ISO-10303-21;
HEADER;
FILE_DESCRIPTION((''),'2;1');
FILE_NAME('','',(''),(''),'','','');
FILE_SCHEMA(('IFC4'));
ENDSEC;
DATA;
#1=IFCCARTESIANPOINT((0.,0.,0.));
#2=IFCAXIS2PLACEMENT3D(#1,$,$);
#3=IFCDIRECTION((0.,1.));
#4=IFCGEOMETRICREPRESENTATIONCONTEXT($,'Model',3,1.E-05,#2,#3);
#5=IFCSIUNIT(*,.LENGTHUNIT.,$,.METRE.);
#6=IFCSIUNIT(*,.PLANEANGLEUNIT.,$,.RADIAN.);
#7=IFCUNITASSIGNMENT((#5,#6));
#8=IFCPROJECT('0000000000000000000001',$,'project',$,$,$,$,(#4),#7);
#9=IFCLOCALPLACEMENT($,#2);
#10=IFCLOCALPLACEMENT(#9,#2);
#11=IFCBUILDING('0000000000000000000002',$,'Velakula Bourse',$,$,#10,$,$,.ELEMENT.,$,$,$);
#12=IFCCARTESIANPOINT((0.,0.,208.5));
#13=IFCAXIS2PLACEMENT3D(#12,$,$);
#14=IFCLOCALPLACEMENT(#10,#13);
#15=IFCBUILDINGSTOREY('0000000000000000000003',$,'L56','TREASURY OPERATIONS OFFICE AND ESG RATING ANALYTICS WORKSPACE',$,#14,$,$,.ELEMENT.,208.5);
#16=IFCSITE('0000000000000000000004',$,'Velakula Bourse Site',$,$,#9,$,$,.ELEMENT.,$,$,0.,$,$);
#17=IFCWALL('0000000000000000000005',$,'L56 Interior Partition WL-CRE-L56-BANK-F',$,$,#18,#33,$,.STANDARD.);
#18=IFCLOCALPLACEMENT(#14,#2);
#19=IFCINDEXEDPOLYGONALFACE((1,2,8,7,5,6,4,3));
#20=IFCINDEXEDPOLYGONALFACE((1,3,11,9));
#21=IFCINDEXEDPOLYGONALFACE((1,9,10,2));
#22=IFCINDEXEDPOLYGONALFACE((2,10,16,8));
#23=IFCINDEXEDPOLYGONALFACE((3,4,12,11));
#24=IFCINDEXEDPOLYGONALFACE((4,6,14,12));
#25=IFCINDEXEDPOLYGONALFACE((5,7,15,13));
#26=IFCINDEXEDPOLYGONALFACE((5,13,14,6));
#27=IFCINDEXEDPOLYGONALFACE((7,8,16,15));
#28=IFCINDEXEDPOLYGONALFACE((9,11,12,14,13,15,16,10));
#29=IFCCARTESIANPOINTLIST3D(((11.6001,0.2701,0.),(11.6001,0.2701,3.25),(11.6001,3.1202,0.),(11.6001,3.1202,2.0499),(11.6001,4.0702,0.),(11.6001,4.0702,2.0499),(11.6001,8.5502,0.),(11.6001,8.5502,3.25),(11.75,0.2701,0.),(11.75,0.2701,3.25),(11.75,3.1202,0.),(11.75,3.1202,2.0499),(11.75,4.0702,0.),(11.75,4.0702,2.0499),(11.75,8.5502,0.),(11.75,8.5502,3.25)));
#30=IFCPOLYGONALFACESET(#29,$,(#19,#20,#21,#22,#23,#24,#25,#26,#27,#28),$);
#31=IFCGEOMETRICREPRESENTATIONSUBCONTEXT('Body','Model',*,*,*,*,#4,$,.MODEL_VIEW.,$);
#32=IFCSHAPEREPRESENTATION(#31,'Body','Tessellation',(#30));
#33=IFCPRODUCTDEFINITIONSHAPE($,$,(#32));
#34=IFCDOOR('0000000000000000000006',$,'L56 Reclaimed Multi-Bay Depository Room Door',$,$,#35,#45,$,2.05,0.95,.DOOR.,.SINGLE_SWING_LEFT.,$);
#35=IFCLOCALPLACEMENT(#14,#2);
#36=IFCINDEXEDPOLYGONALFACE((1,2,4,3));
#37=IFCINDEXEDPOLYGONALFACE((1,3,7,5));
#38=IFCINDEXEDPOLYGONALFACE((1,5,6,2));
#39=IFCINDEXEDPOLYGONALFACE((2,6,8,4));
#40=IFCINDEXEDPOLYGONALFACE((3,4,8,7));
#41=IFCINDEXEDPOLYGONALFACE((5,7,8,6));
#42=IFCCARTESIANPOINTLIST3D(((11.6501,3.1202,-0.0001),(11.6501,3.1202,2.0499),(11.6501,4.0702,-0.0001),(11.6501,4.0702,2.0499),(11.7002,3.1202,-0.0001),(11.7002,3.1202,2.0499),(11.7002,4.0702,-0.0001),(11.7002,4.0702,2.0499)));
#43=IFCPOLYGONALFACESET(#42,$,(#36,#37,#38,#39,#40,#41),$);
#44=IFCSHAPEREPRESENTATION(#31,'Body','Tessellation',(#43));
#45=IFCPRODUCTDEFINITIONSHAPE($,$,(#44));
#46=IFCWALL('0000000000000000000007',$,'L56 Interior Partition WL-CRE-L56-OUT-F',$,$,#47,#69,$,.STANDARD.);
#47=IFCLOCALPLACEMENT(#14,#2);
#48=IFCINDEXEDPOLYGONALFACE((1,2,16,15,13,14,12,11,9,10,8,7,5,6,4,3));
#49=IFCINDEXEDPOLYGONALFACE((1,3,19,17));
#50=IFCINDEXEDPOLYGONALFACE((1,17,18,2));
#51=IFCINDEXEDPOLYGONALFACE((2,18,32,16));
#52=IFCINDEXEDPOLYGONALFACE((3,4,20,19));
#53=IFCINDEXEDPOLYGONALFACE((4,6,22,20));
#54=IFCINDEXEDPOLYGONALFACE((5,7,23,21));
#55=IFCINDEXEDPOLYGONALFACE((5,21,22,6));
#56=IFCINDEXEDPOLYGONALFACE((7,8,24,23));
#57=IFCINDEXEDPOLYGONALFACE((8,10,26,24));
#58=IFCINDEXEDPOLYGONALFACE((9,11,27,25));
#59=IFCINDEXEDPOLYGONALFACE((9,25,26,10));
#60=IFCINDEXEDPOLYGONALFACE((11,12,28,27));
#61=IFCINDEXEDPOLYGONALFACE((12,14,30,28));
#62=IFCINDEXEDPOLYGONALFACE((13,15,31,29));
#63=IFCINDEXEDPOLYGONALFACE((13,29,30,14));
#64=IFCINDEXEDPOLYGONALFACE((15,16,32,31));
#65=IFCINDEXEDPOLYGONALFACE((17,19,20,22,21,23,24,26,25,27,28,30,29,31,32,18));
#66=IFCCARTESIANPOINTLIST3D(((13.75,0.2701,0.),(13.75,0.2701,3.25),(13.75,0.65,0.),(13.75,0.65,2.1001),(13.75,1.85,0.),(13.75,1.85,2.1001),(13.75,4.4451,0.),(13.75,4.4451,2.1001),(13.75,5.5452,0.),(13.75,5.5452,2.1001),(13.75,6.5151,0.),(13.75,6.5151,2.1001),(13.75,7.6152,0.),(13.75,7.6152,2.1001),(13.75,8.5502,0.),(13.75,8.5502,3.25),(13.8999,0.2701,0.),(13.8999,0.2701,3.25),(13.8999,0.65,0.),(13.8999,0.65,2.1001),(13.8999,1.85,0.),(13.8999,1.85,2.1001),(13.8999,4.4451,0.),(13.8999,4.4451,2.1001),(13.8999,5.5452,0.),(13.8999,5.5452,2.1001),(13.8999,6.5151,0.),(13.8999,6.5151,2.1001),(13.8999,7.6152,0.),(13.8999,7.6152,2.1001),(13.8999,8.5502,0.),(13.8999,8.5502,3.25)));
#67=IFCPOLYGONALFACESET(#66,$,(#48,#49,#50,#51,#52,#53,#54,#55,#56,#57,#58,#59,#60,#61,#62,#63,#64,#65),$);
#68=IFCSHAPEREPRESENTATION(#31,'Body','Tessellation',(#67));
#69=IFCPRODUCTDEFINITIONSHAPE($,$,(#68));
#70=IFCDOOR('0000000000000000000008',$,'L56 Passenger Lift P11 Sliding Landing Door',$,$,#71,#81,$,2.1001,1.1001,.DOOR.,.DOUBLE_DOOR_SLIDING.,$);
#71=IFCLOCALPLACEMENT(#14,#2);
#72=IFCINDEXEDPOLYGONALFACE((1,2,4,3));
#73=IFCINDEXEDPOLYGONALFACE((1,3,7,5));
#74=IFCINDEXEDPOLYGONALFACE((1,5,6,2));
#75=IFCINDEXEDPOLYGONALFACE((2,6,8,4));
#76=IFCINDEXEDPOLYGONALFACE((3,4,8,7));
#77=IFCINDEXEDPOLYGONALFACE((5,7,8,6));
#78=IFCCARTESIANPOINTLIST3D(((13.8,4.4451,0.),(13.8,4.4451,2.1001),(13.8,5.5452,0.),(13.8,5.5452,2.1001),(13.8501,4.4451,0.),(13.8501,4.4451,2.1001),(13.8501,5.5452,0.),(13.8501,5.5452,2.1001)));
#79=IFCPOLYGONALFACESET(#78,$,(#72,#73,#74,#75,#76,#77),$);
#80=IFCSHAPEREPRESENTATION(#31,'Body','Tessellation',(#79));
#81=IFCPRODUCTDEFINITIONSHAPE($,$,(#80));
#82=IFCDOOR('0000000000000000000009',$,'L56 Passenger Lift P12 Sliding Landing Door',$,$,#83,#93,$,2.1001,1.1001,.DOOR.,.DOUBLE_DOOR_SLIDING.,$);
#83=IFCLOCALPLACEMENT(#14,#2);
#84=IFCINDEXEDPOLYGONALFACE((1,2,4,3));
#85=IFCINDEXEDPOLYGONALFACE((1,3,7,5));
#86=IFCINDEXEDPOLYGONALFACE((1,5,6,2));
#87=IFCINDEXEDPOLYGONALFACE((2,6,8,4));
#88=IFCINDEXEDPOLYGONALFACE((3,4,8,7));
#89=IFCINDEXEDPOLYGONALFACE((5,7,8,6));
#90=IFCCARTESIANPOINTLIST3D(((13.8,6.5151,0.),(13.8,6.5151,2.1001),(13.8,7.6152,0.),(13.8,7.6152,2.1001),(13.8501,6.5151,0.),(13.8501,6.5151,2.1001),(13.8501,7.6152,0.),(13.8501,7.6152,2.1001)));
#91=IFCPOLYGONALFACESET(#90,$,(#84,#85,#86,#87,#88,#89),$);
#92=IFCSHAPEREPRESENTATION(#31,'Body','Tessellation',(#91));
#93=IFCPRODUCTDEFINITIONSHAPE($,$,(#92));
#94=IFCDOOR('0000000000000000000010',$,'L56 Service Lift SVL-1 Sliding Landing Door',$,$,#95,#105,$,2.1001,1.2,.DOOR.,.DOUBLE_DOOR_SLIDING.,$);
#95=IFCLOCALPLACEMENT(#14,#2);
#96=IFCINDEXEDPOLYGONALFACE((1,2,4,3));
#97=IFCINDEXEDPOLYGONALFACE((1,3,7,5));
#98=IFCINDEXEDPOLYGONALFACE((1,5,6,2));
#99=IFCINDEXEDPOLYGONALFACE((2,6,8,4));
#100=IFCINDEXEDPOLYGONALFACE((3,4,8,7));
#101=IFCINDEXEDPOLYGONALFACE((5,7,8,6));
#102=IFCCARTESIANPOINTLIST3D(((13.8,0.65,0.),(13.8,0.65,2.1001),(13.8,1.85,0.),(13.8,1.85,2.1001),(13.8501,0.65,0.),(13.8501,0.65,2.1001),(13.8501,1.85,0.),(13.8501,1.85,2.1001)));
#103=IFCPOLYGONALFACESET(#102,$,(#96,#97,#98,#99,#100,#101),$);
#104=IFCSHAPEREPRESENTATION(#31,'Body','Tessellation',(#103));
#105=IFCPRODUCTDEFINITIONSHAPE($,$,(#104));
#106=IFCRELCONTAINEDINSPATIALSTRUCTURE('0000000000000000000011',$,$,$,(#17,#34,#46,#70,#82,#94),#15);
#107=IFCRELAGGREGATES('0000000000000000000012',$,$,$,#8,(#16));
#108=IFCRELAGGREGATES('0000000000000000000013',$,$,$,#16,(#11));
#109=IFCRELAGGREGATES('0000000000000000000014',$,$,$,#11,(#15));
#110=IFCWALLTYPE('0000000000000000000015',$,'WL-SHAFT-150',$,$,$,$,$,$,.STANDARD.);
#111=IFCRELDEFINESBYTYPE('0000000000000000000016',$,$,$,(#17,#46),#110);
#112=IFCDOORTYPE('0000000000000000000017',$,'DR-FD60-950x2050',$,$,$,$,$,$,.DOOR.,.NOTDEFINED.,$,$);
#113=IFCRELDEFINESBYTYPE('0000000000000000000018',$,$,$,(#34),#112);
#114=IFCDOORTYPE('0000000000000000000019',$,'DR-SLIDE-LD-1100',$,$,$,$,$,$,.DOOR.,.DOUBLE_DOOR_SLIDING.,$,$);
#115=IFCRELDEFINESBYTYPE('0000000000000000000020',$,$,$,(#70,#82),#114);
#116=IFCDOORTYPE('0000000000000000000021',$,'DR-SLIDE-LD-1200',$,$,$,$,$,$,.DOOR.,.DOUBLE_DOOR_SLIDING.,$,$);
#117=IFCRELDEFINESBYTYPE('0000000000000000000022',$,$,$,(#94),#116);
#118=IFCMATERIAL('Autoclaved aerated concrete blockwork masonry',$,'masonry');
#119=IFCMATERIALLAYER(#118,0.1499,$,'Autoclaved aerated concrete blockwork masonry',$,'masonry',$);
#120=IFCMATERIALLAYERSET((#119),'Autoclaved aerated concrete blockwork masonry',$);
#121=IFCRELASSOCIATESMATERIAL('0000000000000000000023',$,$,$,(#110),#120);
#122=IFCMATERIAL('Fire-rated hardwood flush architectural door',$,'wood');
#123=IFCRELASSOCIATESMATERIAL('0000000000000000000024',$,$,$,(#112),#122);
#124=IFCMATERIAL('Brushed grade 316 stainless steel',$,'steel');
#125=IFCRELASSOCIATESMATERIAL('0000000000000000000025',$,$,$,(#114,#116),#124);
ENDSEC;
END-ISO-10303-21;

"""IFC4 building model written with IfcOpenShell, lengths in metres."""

from ifc_helpers import new_model, si_unit, direction, frame, frame_2d, origin, place, context, subcontext, project, spatial, rectangle, extrude, material, layer, layer_set, type_object, element, fill, save


model = new_model("IFC4")

# Units and contexts
model_context = context("Model", 3, precision=1e-05, world=origin(), true_north=direction((0.0, 1.0)))
body_context = subcontext(model_context, "Body", "Model", "MODEL_VIEW")
ifc_project = project(units=[si_unit("LENGTHUNIT", "METRE"), si_unit("PLANEANGLEUNIT", "RADIAN")], contexts=[model_context])

# Site, building, storey
site_placement = place(None, origin())
site = spatial("IfcSite", under=ifc_project, at=site_placement, Name="Velakula Bourse Site", CompositionType="ELEMENT", RefElevation=0.0)
building_placement = place(site_placement, origin())
building = spatial("IfcBuilding", under=site, at=building_placement, Name="Velakula Bourse", CompositionType="ELEMENT")
storey_placement = place(building_placement, frame((0.0, 0.0, 208.5)))
storey = spatial("IfcBuildingStorey", under=building, at=storey_placement, Name="L56", Description="TREASURY OPERATIONS OFFICE AND ESG RATING ANALYTICS WORKSPACE", CompositionType="ELEMENT", Elevation=208.5)

# Shared definitions
ifc_material_1 = material(Name="Fire-rated hardwood flush architectural door", Category="wood")

# Shared definitions
ifc_material_2 = material(Name="Autoclaved aerated concrete blockwork masonry", Category="masonry")
ifc_layer_1 = layer(ifc_material_2, 0.1499, Name="Autoclaved aerated concrete blockwork masonry", Category="masonry")
ifc_layer_set_1 = layer_set([ifc_layer_1], Name="Autoclaved aerated concrete blockwork masonry")
wall_type_1 = type_object("IfcWallType", Name="WL-SHAFT-150", PredefinedType="STANDARD", material=ifc_layer_set_1)

# Wall, opening, door
wall_1_placement = place(storey_placement, frame((11.675, 0.27, 0.0), z_axis=(0.0, 0.0, 1.0), x_axis=(0.0, 1.0, 0.0)))
wall_1 = element("IfcWall", 1, at=wall_1_placement, inside=storey, type_object=wall_type_1, Name="L56 Interior Partition WL-CRE-L56-BANK-F", PredefinedType="STANDARD", context=body_context, shape_type="SweptSolid", body=[
    extrude(rectangle(XDim=8.28, YDim=0.1499, at=frame_2d((4.1401, 0.0))), origin(), (0.0, 0.0, 1.0), 3.25),
])
opening_1_placement = place(wall_1_placement, frame((2.8501, 0.0, 0.0)))
opening_1 = element("IfcOpeningElement", 2, at=opening_1_placement, cuts=wall_1, PredefinedType="OPENING", context=body_context, shape_type="SweptSolid", body=[
    extrude(rectangle(XDim=0.95, YDim=2.05, at=frame_2d((0.4751, 1.0249))), frame((0.0, 0.085, 0.0), z_axis=(0.0, -1.0, 0.0), x_axis=(1.0, 0.0, 0.0)), (0.0, 0.0, 1.0), 0.1699),
])
door_type_1 = type_object("IfcDoorType", Name="DR-FD60-950x2050", OperationType="NOTDEFINED", PredefinedType="DOOR", material=ifc_material_1)
door_1_placement = place(opening_1_placement, origin())
door_1 = element("IfcDoor", 3, at=door_1_placement, inside=storey, type_object=door_type_1, Name="L56 Reclaimed Multi-Bay Depository Room Door", OperationType="SINGLE_SWING_LEFT", OverallHeight=2.05, OverallWidth=0.95, PredefinedType="DOOR", context=body_context, shape_type="SweptSolid", body=[
    extrude(rectangle(XDim=0.95, YDim=2.05, at=frame_2d((0.4751, 1.0249))), frame((0.0, 0.0249, 0.0), z_axis=(0.0, -1.0, 0.0), x_axis=(1.0, 0.0, 0.0)), (0.0, 0.0, 1.0), 0.05),
])
fill(opening_1, door_1)

# Wall, openings, doors
wall_2_placement = place(storey_placement, frame((13.825, 0.27, 0.0), z_axis=(0.0, 0.0, 1.0), x_axis=(0.0, 1.0, 0.0)))
wall_2 = element("IfcWall", 4, at=wall_2_placement, inside=storey, type_object=wall_type_1, Name="L56 Interior Partition WL-CRE-L56-OUT-F", PredefinedType="STANDARD", context=body_context, shape_type="SweptSolid", body=[
    extrude(rectangle(XDim=8.28, YDim=0.1499, at=frame_2d((4.1401, 0.0))), origin(), (0.0, 0.0, 1.0), 3.25),
])
opening_2_placement = place(wall_2_placement, frame((4.175, 0.0, 0.0)))
opening_2 = element("IfcOpeningElement", 5, at=opening_2_placement, cuts=wall_2, PredefinedType="OPENING", context=body_context, shape_type="SweptSolid", body=[
    extrude(rectangle(XDim=1.1001, YDim=2.1001, at=frame_2d((0.55, 1.05))), frame((0.0, 0.085, 0.0), z_axis=(0.0, -1.0, 0.0), x_axis=(1.0, 0.0, 0.0)), (0.0, 0.0, 1.0), 0.1699),
])
opening_3_placement = place(wall_2_placement, frame((6.2451, 0.0, 0.0)))
opening_3 = element("IfcOpeningElement", 6, at=opening_3_placement, cuts=wall_2, PredefinedType="OPENING", context=body_context, shape_type="SweptSolid", body=[
    extrude(rectangle(XDim=1.1001, YDim=2.1001, at=frame_2d((0.55, 1.05))), frame((0.0, 0.085, 0.0), z_axis=(0.0, -1.0, 0.0), x_axis=(1.0, 0.0, 0.0)), (0.0, 0.0, 1.0), 0.1699),
])
opening_4_placement = place(wall_2_placement, frame((0.3799, 0.0, 0.0)))
opening_4 = element("IfcOpeningElement", 7, at=opening_4_placement, cuts=wall_2, PredefinedType="OPENING", context=body_context, shape_type="SweptSolid", body=[
    extrude(rectangle(XDim=1.2, YDim=2.1001, at=frame_2d((0.6001, 1.05))), frame((0.0, 0.085, 0.0), z_axis=(0.0, -1.0, 0.0), x_axis=(1.0, 0.0, 0.0)), (0.0, 0.0, 1.0), 0.1699),
])
ifc_material_3 = material(Name="Brushed grade 316 stainless steel", Category="steel")
door_type_2 = type_object("IfcDoorType", Name="DR-SLIDE-LD-1100", OperationType="DOUBLE_DOOR_SLIDING", PredefinedType="DOOR", material=ifc_material_3)
door_2_placement = place(opening_2_placement, origin())
door_2 = element("IfcDoor", 8, at=door_2_placement, inside=storey, type_object=door_type_2, Name="L56 Passenger Lift P11 Sliding Landing Door", OperationType="DOUBLE_DOOR_SLIDING", OverallHeight=2.1001, OverallWidth=1.1001, PredefinedType="DOOR", context=body_context, shape_type="SweptSolid", body=[
    extrude(rectangle(XDim=1.1001, YDim=2.1001, at=frame_2d((0.55, 1.05))), frame((0.0, 0.0249, 0.0), z_axis=(0.0, -1.0, 0.0), x_axis=(1.0, 0.0, 0.0)), (0.0, 0.0, 1.0), 0.05),
])
fill(opening_2, door_2)
door_3_placement = place(opening_3_placement, origin())
door_3 = element("IfcDoor", 9, at=door_3_placement, inside=storey, type_object=door_type_2, Name="L56 Passenger Lift P12 Sliding Landing Door", OperationType="DOUBLE_DOOR_SLIDING", OverallHeight=2.1001, OverallWidth=1.1001, PredefinedType="DOOR", context=body_context, shape_type="SweptSolid", body=[
    extrude(rectangle(XDim=1.1001, YDim=2.1001, at=frame_2d((0.55, 1.05))), frame((0.0, 0.0249, 0.0), z_axis=(0.0, -1.0, 0.0), x_axis=(1.0, 0.0, 0.0)), (0.0, 0.0, 1.0), 0.05),
])
fill(opening_3, door_3)
door_type_3 = type_object("IfcDoorType", Name="DR-SLIDE-LD-1200", OperationType="DOUBLE_DOOR_SLIDING", PredefinedType="DOOR", material=ifc_material_3)
door_4_placement = place(opening_4_placement, origin())
door_4 = element("IfcDoor", 10, at=door_4_placement, inside=storey, type_object=door_type_3, Name="L56 Service Lift SVL-1 Sliding Landing Door", OperationType="DOUBLE_DOOR_SLIDING", OverallHeight=2.1001, OverallWidth=1.2, PredefinedType="DOOR", context=body_context, shape_type="SweptSolid", body=[
    extrude(rectangle(XDim=1.2, YDim=2.1001, at=frame_2d((0.6001, 1.05))), frame((0.0, 0.0249, 0.0), z_axis=(0.0, -1.0, 0.0), x_axis=(1.0, 0.0, 0.0)), (0.0, 0.0, 1.0), 0.05),
])
fill(opening_4, door_4)

save(model, "model.ifc")
